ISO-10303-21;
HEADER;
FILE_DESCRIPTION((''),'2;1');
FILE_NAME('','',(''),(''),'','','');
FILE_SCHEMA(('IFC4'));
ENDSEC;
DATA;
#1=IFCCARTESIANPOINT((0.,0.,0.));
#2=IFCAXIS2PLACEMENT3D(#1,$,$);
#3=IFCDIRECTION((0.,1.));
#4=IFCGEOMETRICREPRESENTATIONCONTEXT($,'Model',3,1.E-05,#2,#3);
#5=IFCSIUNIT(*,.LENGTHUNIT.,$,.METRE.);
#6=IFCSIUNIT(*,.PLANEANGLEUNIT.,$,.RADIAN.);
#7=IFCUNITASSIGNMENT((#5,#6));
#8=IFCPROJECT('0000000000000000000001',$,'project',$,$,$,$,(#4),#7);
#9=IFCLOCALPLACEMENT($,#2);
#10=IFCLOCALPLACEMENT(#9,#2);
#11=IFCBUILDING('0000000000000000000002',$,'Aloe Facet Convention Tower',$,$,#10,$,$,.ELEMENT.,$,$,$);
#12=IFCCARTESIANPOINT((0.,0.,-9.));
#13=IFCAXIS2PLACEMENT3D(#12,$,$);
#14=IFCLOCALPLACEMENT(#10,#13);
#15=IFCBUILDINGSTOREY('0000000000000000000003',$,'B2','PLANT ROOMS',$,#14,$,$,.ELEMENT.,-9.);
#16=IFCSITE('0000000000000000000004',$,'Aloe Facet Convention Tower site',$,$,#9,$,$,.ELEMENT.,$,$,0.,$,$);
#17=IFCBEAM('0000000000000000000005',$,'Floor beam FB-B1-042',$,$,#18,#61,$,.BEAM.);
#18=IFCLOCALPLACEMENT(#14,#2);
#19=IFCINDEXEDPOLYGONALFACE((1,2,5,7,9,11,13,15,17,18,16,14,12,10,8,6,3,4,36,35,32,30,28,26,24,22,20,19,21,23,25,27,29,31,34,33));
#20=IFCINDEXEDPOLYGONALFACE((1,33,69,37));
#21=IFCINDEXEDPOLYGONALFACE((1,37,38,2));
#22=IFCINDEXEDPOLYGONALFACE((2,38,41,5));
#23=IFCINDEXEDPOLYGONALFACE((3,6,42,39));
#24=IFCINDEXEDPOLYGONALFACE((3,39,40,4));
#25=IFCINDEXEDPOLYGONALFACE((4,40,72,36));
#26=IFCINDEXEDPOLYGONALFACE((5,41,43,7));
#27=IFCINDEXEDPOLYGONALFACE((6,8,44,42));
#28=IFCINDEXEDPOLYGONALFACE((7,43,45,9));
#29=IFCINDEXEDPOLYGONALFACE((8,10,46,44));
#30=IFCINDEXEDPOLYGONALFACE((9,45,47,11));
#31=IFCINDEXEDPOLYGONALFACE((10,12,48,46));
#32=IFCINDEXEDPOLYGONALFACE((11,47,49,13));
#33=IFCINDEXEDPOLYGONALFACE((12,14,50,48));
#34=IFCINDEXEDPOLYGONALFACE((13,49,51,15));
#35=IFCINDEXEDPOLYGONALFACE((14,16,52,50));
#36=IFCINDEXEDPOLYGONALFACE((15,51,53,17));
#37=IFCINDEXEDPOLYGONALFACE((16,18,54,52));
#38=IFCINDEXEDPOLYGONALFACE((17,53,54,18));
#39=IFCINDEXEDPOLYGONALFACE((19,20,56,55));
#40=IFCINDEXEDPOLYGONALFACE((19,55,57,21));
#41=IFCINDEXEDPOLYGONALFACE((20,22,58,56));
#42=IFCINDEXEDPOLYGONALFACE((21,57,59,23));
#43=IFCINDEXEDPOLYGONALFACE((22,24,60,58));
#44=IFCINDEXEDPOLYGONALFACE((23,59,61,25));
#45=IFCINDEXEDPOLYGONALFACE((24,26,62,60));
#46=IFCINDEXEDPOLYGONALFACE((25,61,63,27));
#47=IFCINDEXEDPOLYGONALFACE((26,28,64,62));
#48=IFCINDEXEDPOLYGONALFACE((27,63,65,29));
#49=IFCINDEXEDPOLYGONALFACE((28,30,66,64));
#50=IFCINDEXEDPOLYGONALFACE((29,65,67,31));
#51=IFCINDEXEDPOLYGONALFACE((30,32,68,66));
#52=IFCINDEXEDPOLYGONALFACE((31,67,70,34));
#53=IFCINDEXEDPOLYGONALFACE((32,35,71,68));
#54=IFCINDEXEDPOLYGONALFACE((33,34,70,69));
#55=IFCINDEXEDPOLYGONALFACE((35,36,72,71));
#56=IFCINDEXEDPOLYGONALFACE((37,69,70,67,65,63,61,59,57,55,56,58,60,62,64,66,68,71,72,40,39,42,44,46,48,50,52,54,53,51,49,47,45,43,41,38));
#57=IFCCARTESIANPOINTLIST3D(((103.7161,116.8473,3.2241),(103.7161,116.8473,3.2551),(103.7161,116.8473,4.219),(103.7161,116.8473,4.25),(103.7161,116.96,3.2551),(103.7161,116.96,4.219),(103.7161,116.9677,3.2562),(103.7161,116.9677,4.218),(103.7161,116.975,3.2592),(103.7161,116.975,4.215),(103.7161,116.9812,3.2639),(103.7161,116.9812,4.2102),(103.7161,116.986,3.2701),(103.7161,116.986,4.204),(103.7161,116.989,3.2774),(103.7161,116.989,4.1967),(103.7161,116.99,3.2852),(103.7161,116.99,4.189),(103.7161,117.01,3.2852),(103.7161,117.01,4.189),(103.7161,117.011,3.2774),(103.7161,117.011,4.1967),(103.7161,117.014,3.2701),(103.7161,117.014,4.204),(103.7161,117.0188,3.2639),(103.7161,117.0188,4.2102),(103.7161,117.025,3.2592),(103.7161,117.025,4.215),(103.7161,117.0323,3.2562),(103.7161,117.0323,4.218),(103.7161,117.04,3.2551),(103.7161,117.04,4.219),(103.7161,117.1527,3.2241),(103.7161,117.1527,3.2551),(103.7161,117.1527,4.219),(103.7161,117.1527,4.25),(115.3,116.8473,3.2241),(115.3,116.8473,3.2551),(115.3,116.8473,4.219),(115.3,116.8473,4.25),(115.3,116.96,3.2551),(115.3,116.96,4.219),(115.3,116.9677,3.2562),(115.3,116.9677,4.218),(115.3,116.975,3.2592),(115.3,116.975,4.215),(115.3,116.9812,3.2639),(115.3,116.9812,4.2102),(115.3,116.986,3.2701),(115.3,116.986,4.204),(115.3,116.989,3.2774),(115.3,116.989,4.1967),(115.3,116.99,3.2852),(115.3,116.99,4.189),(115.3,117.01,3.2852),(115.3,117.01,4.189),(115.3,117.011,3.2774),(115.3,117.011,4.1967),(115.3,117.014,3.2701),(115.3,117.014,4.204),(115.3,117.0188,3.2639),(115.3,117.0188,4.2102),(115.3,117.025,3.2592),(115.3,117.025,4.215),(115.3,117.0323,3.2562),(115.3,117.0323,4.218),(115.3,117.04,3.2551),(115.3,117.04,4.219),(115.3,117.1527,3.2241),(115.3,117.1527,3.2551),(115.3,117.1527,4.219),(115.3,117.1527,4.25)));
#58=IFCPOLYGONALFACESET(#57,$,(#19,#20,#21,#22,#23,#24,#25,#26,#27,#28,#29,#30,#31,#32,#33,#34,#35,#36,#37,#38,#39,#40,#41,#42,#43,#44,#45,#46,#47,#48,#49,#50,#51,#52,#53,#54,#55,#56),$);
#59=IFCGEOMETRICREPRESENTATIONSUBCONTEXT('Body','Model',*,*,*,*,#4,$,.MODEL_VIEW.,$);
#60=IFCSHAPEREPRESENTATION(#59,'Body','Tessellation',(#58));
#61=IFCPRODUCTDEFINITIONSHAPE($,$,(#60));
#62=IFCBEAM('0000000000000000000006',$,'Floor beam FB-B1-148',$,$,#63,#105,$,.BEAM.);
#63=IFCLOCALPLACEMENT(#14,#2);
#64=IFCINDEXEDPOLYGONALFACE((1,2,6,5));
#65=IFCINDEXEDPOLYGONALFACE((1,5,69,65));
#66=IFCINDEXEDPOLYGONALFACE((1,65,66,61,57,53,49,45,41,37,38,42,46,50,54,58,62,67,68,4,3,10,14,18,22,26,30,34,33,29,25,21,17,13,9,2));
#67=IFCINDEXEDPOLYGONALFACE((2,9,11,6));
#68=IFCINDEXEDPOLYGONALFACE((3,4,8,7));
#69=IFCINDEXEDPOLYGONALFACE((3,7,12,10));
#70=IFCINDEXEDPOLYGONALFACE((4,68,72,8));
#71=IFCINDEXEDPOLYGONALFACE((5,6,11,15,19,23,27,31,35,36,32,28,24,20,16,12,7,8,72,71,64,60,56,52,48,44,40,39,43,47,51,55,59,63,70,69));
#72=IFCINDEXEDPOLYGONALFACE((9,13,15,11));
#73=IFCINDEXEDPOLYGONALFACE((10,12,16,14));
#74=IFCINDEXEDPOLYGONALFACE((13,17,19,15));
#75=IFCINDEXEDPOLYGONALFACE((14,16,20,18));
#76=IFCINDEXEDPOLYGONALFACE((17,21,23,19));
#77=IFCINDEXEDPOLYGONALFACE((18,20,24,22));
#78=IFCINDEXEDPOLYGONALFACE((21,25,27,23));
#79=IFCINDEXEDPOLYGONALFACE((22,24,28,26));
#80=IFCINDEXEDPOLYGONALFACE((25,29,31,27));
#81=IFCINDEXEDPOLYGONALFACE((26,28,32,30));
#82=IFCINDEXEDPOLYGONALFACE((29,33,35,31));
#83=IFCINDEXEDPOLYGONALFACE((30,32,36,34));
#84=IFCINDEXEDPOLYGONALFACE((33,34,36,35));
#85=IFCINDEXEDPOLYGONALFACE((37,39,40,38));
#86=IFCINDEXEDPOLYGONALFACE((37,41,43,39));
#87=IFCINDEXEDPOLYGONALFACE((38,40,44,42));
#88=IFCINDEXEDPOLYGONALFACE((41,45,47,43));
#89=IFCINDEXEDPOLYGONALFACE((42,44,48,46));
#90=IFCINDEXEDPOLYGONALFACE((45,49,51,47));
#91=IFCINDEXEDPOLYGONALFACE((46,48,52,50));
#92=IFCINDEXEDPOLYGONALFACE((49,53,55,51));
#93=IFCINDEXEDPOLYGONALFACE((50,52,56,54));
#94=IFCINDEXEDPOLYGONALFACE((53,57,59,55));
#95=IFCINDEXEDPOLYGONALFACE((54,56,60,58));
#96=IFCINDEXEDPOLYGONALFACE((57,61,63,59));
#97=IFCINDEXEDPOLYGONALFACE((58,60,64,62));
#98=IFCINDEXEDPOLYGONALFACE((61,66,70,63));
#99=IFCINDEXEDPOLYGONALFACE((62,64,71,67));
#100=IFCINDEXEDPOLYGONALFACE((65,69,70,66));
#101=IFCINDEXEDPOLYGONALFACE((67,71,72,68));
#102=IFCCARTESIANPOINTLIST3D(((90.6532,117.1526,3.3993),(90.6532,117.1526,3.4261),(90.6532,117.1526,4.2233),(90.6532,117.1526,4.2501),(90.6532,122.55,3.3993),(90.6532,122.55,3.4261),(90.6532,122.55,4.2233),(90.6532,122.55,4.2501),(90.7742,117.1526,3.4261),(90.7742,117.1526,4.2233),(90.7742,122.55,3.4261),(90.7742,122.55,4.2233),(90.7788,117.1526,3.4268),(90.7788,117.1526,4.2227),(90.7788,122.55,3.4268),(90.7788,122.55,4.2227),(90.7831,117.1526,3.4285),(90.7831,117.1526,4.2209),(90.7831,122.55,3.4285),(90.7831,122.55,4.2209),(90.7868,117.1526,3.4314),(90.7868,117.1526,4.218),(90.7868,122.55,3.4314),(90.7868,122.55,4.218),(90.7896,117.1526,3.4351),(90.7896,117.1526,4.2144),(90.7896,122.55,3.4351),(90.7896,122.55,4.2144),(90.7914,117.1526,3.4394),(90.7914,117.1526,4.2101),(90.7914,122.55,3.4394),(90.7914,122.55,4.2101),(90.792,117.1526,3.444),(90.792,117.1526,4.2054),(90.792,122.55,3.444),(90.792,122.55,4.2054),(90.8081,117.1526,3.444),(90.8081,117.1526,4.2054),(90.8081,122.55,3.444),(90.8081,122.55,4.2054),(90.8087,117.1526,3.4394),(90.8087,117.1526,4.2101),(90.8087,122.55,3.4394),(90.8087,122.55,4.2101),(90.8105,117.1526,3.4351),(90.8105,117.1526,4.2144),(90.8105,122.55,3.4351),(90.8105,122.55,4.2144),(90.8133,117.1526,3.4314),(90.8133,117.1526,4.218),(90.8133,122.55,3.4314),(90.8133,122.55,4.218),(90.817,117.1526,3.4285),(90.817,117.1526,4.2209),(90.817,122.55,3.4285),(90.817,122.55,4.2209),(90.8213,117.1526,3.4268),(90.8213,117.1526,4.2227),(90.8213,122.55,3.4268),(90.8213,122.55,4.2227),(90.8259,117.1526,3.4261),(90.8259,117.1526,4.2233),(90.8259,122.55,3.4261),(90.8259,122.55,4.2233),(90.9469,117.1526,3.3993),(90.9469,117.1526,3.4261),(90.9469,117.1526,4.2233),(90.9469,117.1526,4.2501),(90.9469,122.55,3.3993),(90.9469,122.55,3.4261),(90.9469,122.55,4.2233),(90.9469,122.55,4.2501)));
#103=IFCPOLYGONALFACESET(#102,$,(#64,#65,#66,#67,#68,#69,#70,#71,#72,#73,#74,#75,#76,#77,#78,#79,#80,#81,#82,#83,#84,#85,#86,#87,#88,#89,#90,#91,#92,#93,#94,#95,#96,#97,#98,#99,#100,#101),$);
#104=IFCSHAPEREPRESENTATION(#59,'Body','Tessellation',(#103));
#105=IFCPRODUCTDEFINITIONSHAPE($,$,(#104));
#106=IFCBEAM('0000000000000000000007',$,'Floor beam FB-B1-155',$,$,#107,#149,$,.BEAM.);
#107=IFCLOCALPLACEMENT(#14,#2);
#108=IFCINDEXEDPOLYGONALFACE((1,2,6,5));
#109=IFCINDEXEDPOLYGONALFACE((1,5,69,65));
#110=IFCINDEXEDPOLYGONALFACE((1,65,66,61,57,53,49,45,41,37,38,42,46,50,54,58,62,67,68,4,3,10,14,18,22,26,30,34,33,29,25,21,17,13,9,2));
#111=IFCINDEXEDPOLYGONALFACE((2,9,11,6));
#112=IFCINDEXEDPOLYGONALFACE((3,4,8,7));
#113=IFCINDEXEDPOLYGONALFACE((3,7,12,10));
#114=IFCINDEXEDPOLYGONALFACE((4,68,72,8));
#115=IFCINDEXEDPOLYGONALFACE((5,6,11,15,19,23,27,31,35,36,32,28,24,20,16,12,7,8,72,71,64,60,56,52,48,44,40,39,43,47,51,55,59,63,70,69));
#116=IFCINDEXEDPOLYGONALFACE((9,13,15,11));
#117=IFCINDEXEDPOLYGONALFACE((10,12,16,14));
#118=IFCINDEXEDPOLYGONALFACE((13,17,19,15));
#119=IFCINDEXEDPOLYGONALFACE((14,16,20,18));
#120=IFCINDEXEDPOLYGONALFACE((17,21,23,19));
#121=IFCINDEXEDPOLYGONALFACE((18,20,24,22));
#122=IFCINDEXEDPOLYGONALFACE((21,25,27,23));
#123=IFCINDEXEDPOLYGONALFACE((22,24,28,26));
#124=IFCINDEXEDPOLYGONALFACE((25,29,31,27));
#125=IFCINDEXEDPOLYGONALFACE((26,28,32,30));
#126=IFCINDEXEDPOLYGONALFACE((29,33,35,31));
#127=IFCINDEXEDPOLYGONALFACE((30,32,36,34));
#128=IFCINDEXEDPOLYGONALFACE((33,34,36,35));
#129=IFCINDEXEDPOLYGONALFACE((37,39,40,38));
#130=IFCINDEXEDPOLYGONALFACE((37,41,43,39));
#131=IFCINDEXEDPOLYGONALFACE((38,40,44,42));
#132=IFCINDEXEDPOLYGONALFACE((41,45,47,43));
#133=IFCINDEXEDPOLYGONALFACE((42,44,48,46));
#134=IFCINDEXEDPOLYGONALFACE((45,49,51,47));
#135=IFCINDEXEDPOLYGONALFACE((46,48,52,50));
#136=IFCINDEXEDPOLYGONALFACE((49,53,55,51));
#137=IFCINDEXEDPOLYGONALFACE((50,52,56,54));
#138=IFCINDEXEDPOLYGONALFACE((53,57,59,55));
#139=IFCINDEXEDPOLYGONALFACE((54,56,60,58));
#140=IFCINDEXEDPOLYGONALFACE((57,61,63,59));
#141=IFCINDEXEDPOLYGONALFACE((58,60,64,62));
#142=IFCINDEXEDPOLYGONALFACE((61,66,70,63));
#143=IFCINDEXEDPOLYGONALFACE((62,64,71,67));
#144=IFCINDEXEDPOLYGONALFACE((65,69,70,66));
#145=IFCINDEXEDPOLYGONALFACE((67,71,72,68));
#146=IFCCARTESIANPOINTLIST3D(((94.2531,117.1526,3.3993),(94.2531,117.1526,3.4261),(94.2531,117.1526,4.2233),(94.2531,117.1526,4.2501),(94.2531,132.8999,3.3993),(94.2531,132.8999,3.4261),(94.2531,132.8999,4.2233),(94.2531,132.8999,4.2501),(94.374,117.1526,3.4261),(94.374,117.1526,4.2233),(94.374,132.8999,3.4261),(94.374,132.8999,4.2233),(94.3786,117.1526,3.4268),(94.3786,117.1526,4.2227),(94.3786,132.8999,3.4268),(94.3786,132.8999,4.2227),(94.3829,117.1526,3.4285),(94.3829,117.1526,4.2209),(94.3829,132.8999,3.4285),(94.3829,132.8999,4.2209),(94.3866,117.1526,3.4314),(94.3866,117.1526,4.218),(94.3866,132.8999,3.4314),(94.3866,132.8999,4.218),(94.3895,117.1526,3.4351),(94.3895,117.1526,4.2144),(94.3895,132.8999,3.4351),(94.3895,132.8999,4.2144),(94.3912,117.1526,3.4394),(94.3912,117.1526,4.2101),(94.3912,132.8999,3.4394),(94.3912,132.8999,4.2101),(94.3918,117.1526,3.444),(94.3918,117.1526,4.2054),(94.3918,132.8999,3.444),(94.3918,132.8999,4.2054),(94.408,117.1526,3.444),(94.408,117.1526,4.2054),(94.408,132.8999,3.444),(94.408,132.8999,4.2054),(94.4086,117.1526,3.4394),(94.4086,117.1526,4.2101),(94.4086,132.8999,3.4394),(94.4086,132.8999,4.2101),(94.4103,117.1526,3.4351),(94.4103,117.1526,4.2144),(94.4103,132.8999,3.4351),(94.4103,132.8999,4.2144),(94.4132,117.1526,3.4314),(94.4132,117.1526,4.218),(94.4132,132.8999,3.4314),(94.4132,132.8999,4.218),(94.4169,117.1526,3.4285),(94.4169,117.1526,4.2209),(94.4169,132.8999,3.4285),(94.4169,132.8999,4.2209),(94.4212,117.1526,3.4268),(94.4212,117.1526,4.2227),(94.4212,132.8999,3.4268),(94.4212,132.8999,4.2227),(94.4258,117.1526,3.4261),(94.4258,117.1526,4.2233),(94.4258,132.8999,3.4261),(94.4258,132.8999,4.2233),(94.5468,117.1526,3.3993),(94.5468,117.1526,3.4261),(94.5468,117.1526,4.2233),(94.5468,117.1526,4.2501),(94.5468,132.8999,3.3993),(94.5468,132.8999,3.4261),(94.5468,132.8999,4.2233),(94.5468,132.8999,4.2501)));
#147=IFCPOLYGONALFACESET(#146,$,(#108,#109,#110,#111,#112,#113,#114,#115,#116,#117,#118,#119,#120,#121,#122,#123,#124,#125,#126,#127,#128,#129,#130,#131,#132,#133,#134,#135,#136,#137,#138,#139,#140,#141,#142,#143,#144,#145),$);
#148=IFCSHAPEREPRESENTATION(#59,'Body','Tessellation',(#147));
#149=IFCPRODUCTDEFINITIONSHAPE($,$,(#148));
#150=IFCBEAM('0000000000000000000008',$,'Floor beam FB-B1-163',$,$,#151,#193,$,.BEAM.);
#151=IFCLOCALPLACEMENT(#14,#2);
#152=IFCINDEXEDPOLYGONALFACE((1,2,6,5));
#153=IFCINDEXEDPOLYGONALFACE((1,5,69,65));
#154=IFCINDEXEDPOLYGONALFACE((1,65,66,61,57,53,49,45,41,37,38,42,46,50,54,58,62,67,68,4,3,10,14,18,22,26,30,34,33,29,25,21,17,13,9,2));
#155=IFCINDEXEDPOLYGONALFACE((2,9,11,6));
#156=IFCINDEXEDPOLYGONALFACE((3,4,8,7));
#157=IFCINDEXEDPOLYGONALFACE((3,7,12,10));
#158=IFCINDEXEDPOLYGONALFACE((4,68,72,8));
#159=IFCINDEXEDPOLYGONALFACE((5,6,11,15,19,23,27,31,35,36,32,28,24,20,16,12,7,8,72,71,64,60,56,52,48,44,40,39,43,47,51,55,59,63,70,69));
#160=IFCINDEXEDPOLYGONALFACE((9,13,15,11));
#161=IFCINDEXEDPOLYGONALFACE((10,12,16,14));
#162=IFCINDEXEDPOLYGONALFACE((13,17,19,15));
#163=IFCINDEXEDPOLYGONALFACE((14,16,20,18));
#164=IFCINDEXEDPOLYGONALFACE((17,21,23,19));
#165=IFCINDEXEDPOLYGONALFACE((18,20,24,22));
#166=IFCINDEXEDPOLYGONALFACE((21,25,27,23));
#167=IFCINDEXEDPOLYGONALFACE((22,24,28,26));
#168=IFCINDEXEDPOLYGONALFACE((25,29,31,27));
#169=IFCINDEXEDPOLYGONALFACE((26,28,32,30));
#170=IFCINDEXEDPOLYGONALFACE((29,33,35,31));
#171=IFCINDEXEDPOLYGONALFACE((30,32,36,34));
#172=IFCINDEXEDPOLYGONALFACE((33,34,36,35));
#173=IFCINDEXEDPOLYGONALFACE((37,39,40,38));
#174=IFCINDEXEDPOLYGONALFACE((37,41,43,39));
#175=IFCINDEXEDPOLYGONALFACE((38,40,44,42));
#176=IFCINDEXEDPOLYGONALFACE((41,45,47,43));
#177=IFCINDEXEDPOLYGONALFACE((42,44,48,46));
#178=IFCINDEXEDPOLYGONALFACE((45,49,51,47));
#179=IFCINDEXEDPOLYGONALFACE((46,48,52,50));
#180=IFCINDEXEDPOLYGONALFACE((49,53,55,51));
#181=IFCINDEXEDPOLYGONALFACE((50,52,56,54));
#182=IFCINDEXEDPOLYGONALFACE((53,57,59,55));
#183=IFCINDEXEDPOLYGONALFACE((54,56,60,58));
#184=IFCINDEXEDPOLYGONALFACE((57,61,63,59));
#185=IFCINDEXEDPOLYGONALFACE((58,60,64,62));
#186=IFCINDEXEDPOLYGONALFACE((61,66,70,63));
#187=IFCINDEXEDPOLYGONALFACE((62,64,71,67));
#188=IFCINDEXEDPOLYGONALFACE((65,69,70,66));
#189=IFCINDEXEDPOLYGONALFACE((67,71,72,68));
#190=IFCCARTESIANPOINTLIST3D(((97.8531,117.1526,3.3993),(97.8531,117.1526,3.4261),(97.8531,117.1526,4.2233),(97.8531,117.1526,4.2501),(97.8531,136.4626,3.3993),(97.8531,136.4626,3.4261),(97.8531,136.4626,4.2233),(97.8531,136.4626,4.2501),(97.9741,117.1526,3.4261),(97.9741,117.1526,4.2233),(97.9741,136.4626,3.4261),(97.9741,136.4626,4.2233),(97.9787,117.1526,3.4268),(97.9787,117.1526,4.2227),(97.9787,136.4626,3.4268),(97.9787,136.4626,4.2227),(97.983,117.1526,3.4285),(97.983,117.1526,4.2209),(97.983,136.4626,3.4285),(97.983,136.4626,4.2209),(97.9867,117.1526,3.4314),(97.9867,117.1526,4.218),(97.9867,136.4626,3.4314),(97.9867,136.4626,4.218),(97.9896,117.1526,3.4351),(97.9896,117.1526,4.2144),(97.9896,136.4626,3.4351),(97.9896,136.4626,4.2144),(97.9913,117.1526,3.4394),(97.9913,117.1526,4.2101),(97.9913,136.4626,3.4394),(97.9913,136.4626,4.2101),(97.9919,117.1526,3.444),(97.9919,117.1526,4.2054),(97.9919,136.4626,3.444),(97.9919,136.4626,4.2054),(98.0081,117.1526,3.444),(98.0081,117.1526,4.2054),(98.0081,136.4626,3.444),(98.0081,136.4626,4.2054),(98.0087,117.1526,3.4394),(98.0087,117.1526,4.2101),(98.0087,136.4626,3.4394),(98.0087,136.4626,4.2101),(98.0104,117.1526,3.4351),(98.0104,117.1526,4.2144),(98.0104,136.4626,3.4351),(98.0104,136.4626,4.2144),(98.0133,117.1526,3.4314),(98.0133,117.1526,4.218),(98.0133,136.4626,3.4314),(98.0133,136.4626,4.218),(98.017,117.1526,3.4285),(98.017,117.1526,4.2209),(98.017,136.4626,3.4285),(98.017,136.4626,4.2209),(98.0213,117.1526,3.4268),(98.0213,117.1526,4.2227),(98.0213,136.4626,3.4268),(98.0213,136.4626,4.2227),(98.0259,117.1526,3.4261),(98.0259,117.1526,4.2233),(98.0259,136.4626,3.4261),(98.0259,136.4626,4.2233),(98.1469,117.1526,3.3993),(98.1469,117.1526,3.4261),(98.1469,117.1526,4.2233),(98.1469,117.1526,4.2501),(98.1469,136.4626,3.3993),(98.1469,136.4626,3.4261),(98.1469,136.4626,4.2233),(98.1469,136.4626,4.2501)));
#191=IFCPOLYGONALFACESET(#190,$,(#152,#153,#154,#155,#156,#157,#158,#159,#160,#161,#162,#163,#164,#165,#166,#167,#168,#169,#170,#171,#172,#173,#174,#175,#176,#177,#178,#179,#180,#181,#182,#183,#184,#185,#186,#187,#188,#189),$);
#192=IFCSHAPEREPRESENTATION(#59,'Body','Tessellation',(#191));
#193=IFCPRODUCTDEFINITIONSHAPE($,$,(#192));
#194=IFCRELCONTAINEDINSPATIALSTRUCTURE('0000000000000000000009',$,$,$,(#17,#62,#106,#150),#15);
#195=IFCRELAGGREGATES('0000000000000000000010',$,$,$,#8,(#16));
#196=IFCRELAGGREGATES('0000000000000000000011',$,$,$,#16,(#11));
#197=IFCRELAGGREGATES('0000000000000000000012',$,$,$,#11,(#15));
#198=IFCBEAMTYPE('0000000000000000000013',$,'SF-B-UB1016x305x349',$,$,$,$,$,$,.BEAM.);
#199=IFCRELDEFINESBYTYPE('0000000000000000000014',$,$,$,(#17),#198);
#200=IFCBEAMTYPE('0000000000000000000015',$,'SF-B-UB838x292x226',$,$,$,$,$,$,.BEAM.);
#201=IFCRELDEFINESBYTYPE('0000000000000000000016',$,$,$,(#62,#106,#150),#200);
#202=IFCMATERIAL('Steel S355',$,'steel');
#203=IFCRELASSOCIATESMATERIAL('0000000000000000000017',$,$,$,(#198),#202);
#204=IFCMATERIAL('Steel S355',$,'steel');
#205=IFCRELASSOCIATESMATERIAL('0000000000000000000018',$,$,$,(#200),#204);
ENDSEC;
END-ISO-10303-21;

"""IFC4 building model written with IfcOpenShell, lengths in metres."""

from ifc_helpers import new_model, si_unit, direction, frame, origin, origin_2d, place, context, subcontext, project, spatial, i_section, extrude, material, material_profile, profile_set, type_object, element, save


model = new_model("IFC4")

# Units and contexts
model_context = context("Model", 3, precision=1e-05, world=origin(), true_north=direction((0.0, 1.0)))
body_context = subcontext(model_context, "Body", "Model", "MODEL_VIEW")
ifc_project = project(units=[si_unit("LENGTHUNIT", "METRE"), si_unit("PLANEANGLEUNIT", "RADIAN")], contexts=[model_context])

# Site, building, storey
site_placement = place(None, origin())
site = spatial("IfcSite", under=ifc_project, at=site_placement, Name="Aloe Facet Convention Tower site", CompositionType="ELEMENT", RefElevation=0.0)
building_placement = place(site_placement, origin())
building = spatial("IfcBuilding", under=site, at=building_placement, Name="Aloe Facet Convention Tower", CompositionType="ELEMENT")
storey_placement = place(building_placement, frame((0.0, 0.0, -9.0)))
storey = spatial("IfcBuildingStorey", under=building, at=storey_placement, Name="B2", Description="PLANT ROOMS", CompositionType="ELEMENT", Elevation=-9.0)

# Beams
ifc_material_1 = material(Name="Steel S355", Category="steel")
ifc_material_profile_1 = material_profile(ifc_material_1, i_section(OverallWidth=0.3054, OverallDepth=1.0259, WebThickness=0.02, FlangeThickness=0.031, FilletRadius=0.03, at=origin_2d()), Name="UB 1016x305x349")
ifc_profile_set_1 = profile_set([ifc_material_profile_1], Name="Steel S355")
beam_type_1 = type_object("IfcBeamType", Name="SF-B-UB1016x305x349", PredefinedType="BEAM", material=ifc_profile_set_1)
beam_1_placement = place(storey_placement, frame((103.7161, 117.0, 3.7371), z_axis=(1.0, 0.0, 0.0), x_axis=(0.0, 1.0, 0.0)))
element("IfcBeam", 1, at=beam_1_placement, inside=storey, type_object=beam_type_1, Name="Floor beam FB-B1-042", PredefinedType="BEAM", context=body_context, shape_type="SweptSolid", body=[
    extrude(i_section(OverallWidth=0.3054, OverallDepth=1.0259, WebThickness=0.02, FlangeThickness=0.031, FilletRadius=0.03, at=origin_2d()), origin(), (0.0, 0.0, 1.0), 11.584),
])
ifc_material_2 = material(Name="Steel S355", Category="steel")
ifc_material_profile_2 = material_profile(ifc_material_2, i_section(OverallWidth=0.2937, OverallDepth=0.8508, WebThickness=0.0161, FlangeThickness=0.0269, FilletRadius=0.0178, at=origin_2d()), Name="UB 838x292x226")
ifc_profile_set_2 = profile_set([ifc_material_profile_2], Name="Steel S355")
beam_type_2 = type_object("IfcBeamType", Name="SF-B-UB838x292x226", PredefinedType="BEAM", material=ifc_profile_set_2)
beam_2_placement = place(storey_placement, frame((90.8, 117.1526, 3.8247), z_axis=(0.0, 1.0, 0.0), x_axis=(-1.0, 0.0, 0.0)))
element("IfcBeam", 2, at=beam_2_placement, inside=storey, type_object=beam_type_2, Name="Floor beam FB-B1-148", PredefinedType="BEAM", context=body_context, shape_type="SweptSolid", body=[
    extrude(i_section(OverallWidth=0.2937, OverallDepth=0.8508, WebThickness=0.0161, FlangeThickness=0.0269, FilletRadius=0.0178, at=origin_2d()), origin(), (0.0, 0.0, 1.0), 5.3975),
])
beam_3_placement = place(storey_placement, frame((94.3999, 117.1526, 3.8247), z_axis=(0.0, 1.0, 0.0), x_axis=(-1.0, 0.0, 0.0)))
element("IfcBeam", 3, at=beam_3_placement, inside=storey, type_object=beam_type_2, Name="Floor beam FB-B1-155", PredefinedType="BEAM", context=body_context, shape_type="SweptSolid", body=[
    extrude(i_section(OverallWidth=0.2937, OverallDepth=0.8508, WebThickness=0.0161, FlangeThickness=0.0269, FilletRadius=0.0178, at=origin_2d()), origin(), (0.0, 0.0, 1.0), 15.7473),
])
beam_4_placement = place(storey_placement, frame((98.0, 117.1526, 3.8247), z_axis=(0.0, 1.0, 0.0), x_axis=(-1.0, 0.0, 0.0)))
element("IfcBeam", 4, at=beam_4_placement, inside=storey, type_object=beam_type_2, Name="Floor beam FB-B1-163", PredefinedType="BEAM", context=body_context, shape_type="SweptSolid", body=[
    extrude(i_section(OverallWidth=0.2937, OverallDepth=0.8508, WebThickness=0.0161, FlangeThickness=0.0269, FilletRadius=0.0178, at=origin_2d()), origin(), (0.0, 0.0, 1.0), 19.3101),
])

save(model, "model.ifc")
